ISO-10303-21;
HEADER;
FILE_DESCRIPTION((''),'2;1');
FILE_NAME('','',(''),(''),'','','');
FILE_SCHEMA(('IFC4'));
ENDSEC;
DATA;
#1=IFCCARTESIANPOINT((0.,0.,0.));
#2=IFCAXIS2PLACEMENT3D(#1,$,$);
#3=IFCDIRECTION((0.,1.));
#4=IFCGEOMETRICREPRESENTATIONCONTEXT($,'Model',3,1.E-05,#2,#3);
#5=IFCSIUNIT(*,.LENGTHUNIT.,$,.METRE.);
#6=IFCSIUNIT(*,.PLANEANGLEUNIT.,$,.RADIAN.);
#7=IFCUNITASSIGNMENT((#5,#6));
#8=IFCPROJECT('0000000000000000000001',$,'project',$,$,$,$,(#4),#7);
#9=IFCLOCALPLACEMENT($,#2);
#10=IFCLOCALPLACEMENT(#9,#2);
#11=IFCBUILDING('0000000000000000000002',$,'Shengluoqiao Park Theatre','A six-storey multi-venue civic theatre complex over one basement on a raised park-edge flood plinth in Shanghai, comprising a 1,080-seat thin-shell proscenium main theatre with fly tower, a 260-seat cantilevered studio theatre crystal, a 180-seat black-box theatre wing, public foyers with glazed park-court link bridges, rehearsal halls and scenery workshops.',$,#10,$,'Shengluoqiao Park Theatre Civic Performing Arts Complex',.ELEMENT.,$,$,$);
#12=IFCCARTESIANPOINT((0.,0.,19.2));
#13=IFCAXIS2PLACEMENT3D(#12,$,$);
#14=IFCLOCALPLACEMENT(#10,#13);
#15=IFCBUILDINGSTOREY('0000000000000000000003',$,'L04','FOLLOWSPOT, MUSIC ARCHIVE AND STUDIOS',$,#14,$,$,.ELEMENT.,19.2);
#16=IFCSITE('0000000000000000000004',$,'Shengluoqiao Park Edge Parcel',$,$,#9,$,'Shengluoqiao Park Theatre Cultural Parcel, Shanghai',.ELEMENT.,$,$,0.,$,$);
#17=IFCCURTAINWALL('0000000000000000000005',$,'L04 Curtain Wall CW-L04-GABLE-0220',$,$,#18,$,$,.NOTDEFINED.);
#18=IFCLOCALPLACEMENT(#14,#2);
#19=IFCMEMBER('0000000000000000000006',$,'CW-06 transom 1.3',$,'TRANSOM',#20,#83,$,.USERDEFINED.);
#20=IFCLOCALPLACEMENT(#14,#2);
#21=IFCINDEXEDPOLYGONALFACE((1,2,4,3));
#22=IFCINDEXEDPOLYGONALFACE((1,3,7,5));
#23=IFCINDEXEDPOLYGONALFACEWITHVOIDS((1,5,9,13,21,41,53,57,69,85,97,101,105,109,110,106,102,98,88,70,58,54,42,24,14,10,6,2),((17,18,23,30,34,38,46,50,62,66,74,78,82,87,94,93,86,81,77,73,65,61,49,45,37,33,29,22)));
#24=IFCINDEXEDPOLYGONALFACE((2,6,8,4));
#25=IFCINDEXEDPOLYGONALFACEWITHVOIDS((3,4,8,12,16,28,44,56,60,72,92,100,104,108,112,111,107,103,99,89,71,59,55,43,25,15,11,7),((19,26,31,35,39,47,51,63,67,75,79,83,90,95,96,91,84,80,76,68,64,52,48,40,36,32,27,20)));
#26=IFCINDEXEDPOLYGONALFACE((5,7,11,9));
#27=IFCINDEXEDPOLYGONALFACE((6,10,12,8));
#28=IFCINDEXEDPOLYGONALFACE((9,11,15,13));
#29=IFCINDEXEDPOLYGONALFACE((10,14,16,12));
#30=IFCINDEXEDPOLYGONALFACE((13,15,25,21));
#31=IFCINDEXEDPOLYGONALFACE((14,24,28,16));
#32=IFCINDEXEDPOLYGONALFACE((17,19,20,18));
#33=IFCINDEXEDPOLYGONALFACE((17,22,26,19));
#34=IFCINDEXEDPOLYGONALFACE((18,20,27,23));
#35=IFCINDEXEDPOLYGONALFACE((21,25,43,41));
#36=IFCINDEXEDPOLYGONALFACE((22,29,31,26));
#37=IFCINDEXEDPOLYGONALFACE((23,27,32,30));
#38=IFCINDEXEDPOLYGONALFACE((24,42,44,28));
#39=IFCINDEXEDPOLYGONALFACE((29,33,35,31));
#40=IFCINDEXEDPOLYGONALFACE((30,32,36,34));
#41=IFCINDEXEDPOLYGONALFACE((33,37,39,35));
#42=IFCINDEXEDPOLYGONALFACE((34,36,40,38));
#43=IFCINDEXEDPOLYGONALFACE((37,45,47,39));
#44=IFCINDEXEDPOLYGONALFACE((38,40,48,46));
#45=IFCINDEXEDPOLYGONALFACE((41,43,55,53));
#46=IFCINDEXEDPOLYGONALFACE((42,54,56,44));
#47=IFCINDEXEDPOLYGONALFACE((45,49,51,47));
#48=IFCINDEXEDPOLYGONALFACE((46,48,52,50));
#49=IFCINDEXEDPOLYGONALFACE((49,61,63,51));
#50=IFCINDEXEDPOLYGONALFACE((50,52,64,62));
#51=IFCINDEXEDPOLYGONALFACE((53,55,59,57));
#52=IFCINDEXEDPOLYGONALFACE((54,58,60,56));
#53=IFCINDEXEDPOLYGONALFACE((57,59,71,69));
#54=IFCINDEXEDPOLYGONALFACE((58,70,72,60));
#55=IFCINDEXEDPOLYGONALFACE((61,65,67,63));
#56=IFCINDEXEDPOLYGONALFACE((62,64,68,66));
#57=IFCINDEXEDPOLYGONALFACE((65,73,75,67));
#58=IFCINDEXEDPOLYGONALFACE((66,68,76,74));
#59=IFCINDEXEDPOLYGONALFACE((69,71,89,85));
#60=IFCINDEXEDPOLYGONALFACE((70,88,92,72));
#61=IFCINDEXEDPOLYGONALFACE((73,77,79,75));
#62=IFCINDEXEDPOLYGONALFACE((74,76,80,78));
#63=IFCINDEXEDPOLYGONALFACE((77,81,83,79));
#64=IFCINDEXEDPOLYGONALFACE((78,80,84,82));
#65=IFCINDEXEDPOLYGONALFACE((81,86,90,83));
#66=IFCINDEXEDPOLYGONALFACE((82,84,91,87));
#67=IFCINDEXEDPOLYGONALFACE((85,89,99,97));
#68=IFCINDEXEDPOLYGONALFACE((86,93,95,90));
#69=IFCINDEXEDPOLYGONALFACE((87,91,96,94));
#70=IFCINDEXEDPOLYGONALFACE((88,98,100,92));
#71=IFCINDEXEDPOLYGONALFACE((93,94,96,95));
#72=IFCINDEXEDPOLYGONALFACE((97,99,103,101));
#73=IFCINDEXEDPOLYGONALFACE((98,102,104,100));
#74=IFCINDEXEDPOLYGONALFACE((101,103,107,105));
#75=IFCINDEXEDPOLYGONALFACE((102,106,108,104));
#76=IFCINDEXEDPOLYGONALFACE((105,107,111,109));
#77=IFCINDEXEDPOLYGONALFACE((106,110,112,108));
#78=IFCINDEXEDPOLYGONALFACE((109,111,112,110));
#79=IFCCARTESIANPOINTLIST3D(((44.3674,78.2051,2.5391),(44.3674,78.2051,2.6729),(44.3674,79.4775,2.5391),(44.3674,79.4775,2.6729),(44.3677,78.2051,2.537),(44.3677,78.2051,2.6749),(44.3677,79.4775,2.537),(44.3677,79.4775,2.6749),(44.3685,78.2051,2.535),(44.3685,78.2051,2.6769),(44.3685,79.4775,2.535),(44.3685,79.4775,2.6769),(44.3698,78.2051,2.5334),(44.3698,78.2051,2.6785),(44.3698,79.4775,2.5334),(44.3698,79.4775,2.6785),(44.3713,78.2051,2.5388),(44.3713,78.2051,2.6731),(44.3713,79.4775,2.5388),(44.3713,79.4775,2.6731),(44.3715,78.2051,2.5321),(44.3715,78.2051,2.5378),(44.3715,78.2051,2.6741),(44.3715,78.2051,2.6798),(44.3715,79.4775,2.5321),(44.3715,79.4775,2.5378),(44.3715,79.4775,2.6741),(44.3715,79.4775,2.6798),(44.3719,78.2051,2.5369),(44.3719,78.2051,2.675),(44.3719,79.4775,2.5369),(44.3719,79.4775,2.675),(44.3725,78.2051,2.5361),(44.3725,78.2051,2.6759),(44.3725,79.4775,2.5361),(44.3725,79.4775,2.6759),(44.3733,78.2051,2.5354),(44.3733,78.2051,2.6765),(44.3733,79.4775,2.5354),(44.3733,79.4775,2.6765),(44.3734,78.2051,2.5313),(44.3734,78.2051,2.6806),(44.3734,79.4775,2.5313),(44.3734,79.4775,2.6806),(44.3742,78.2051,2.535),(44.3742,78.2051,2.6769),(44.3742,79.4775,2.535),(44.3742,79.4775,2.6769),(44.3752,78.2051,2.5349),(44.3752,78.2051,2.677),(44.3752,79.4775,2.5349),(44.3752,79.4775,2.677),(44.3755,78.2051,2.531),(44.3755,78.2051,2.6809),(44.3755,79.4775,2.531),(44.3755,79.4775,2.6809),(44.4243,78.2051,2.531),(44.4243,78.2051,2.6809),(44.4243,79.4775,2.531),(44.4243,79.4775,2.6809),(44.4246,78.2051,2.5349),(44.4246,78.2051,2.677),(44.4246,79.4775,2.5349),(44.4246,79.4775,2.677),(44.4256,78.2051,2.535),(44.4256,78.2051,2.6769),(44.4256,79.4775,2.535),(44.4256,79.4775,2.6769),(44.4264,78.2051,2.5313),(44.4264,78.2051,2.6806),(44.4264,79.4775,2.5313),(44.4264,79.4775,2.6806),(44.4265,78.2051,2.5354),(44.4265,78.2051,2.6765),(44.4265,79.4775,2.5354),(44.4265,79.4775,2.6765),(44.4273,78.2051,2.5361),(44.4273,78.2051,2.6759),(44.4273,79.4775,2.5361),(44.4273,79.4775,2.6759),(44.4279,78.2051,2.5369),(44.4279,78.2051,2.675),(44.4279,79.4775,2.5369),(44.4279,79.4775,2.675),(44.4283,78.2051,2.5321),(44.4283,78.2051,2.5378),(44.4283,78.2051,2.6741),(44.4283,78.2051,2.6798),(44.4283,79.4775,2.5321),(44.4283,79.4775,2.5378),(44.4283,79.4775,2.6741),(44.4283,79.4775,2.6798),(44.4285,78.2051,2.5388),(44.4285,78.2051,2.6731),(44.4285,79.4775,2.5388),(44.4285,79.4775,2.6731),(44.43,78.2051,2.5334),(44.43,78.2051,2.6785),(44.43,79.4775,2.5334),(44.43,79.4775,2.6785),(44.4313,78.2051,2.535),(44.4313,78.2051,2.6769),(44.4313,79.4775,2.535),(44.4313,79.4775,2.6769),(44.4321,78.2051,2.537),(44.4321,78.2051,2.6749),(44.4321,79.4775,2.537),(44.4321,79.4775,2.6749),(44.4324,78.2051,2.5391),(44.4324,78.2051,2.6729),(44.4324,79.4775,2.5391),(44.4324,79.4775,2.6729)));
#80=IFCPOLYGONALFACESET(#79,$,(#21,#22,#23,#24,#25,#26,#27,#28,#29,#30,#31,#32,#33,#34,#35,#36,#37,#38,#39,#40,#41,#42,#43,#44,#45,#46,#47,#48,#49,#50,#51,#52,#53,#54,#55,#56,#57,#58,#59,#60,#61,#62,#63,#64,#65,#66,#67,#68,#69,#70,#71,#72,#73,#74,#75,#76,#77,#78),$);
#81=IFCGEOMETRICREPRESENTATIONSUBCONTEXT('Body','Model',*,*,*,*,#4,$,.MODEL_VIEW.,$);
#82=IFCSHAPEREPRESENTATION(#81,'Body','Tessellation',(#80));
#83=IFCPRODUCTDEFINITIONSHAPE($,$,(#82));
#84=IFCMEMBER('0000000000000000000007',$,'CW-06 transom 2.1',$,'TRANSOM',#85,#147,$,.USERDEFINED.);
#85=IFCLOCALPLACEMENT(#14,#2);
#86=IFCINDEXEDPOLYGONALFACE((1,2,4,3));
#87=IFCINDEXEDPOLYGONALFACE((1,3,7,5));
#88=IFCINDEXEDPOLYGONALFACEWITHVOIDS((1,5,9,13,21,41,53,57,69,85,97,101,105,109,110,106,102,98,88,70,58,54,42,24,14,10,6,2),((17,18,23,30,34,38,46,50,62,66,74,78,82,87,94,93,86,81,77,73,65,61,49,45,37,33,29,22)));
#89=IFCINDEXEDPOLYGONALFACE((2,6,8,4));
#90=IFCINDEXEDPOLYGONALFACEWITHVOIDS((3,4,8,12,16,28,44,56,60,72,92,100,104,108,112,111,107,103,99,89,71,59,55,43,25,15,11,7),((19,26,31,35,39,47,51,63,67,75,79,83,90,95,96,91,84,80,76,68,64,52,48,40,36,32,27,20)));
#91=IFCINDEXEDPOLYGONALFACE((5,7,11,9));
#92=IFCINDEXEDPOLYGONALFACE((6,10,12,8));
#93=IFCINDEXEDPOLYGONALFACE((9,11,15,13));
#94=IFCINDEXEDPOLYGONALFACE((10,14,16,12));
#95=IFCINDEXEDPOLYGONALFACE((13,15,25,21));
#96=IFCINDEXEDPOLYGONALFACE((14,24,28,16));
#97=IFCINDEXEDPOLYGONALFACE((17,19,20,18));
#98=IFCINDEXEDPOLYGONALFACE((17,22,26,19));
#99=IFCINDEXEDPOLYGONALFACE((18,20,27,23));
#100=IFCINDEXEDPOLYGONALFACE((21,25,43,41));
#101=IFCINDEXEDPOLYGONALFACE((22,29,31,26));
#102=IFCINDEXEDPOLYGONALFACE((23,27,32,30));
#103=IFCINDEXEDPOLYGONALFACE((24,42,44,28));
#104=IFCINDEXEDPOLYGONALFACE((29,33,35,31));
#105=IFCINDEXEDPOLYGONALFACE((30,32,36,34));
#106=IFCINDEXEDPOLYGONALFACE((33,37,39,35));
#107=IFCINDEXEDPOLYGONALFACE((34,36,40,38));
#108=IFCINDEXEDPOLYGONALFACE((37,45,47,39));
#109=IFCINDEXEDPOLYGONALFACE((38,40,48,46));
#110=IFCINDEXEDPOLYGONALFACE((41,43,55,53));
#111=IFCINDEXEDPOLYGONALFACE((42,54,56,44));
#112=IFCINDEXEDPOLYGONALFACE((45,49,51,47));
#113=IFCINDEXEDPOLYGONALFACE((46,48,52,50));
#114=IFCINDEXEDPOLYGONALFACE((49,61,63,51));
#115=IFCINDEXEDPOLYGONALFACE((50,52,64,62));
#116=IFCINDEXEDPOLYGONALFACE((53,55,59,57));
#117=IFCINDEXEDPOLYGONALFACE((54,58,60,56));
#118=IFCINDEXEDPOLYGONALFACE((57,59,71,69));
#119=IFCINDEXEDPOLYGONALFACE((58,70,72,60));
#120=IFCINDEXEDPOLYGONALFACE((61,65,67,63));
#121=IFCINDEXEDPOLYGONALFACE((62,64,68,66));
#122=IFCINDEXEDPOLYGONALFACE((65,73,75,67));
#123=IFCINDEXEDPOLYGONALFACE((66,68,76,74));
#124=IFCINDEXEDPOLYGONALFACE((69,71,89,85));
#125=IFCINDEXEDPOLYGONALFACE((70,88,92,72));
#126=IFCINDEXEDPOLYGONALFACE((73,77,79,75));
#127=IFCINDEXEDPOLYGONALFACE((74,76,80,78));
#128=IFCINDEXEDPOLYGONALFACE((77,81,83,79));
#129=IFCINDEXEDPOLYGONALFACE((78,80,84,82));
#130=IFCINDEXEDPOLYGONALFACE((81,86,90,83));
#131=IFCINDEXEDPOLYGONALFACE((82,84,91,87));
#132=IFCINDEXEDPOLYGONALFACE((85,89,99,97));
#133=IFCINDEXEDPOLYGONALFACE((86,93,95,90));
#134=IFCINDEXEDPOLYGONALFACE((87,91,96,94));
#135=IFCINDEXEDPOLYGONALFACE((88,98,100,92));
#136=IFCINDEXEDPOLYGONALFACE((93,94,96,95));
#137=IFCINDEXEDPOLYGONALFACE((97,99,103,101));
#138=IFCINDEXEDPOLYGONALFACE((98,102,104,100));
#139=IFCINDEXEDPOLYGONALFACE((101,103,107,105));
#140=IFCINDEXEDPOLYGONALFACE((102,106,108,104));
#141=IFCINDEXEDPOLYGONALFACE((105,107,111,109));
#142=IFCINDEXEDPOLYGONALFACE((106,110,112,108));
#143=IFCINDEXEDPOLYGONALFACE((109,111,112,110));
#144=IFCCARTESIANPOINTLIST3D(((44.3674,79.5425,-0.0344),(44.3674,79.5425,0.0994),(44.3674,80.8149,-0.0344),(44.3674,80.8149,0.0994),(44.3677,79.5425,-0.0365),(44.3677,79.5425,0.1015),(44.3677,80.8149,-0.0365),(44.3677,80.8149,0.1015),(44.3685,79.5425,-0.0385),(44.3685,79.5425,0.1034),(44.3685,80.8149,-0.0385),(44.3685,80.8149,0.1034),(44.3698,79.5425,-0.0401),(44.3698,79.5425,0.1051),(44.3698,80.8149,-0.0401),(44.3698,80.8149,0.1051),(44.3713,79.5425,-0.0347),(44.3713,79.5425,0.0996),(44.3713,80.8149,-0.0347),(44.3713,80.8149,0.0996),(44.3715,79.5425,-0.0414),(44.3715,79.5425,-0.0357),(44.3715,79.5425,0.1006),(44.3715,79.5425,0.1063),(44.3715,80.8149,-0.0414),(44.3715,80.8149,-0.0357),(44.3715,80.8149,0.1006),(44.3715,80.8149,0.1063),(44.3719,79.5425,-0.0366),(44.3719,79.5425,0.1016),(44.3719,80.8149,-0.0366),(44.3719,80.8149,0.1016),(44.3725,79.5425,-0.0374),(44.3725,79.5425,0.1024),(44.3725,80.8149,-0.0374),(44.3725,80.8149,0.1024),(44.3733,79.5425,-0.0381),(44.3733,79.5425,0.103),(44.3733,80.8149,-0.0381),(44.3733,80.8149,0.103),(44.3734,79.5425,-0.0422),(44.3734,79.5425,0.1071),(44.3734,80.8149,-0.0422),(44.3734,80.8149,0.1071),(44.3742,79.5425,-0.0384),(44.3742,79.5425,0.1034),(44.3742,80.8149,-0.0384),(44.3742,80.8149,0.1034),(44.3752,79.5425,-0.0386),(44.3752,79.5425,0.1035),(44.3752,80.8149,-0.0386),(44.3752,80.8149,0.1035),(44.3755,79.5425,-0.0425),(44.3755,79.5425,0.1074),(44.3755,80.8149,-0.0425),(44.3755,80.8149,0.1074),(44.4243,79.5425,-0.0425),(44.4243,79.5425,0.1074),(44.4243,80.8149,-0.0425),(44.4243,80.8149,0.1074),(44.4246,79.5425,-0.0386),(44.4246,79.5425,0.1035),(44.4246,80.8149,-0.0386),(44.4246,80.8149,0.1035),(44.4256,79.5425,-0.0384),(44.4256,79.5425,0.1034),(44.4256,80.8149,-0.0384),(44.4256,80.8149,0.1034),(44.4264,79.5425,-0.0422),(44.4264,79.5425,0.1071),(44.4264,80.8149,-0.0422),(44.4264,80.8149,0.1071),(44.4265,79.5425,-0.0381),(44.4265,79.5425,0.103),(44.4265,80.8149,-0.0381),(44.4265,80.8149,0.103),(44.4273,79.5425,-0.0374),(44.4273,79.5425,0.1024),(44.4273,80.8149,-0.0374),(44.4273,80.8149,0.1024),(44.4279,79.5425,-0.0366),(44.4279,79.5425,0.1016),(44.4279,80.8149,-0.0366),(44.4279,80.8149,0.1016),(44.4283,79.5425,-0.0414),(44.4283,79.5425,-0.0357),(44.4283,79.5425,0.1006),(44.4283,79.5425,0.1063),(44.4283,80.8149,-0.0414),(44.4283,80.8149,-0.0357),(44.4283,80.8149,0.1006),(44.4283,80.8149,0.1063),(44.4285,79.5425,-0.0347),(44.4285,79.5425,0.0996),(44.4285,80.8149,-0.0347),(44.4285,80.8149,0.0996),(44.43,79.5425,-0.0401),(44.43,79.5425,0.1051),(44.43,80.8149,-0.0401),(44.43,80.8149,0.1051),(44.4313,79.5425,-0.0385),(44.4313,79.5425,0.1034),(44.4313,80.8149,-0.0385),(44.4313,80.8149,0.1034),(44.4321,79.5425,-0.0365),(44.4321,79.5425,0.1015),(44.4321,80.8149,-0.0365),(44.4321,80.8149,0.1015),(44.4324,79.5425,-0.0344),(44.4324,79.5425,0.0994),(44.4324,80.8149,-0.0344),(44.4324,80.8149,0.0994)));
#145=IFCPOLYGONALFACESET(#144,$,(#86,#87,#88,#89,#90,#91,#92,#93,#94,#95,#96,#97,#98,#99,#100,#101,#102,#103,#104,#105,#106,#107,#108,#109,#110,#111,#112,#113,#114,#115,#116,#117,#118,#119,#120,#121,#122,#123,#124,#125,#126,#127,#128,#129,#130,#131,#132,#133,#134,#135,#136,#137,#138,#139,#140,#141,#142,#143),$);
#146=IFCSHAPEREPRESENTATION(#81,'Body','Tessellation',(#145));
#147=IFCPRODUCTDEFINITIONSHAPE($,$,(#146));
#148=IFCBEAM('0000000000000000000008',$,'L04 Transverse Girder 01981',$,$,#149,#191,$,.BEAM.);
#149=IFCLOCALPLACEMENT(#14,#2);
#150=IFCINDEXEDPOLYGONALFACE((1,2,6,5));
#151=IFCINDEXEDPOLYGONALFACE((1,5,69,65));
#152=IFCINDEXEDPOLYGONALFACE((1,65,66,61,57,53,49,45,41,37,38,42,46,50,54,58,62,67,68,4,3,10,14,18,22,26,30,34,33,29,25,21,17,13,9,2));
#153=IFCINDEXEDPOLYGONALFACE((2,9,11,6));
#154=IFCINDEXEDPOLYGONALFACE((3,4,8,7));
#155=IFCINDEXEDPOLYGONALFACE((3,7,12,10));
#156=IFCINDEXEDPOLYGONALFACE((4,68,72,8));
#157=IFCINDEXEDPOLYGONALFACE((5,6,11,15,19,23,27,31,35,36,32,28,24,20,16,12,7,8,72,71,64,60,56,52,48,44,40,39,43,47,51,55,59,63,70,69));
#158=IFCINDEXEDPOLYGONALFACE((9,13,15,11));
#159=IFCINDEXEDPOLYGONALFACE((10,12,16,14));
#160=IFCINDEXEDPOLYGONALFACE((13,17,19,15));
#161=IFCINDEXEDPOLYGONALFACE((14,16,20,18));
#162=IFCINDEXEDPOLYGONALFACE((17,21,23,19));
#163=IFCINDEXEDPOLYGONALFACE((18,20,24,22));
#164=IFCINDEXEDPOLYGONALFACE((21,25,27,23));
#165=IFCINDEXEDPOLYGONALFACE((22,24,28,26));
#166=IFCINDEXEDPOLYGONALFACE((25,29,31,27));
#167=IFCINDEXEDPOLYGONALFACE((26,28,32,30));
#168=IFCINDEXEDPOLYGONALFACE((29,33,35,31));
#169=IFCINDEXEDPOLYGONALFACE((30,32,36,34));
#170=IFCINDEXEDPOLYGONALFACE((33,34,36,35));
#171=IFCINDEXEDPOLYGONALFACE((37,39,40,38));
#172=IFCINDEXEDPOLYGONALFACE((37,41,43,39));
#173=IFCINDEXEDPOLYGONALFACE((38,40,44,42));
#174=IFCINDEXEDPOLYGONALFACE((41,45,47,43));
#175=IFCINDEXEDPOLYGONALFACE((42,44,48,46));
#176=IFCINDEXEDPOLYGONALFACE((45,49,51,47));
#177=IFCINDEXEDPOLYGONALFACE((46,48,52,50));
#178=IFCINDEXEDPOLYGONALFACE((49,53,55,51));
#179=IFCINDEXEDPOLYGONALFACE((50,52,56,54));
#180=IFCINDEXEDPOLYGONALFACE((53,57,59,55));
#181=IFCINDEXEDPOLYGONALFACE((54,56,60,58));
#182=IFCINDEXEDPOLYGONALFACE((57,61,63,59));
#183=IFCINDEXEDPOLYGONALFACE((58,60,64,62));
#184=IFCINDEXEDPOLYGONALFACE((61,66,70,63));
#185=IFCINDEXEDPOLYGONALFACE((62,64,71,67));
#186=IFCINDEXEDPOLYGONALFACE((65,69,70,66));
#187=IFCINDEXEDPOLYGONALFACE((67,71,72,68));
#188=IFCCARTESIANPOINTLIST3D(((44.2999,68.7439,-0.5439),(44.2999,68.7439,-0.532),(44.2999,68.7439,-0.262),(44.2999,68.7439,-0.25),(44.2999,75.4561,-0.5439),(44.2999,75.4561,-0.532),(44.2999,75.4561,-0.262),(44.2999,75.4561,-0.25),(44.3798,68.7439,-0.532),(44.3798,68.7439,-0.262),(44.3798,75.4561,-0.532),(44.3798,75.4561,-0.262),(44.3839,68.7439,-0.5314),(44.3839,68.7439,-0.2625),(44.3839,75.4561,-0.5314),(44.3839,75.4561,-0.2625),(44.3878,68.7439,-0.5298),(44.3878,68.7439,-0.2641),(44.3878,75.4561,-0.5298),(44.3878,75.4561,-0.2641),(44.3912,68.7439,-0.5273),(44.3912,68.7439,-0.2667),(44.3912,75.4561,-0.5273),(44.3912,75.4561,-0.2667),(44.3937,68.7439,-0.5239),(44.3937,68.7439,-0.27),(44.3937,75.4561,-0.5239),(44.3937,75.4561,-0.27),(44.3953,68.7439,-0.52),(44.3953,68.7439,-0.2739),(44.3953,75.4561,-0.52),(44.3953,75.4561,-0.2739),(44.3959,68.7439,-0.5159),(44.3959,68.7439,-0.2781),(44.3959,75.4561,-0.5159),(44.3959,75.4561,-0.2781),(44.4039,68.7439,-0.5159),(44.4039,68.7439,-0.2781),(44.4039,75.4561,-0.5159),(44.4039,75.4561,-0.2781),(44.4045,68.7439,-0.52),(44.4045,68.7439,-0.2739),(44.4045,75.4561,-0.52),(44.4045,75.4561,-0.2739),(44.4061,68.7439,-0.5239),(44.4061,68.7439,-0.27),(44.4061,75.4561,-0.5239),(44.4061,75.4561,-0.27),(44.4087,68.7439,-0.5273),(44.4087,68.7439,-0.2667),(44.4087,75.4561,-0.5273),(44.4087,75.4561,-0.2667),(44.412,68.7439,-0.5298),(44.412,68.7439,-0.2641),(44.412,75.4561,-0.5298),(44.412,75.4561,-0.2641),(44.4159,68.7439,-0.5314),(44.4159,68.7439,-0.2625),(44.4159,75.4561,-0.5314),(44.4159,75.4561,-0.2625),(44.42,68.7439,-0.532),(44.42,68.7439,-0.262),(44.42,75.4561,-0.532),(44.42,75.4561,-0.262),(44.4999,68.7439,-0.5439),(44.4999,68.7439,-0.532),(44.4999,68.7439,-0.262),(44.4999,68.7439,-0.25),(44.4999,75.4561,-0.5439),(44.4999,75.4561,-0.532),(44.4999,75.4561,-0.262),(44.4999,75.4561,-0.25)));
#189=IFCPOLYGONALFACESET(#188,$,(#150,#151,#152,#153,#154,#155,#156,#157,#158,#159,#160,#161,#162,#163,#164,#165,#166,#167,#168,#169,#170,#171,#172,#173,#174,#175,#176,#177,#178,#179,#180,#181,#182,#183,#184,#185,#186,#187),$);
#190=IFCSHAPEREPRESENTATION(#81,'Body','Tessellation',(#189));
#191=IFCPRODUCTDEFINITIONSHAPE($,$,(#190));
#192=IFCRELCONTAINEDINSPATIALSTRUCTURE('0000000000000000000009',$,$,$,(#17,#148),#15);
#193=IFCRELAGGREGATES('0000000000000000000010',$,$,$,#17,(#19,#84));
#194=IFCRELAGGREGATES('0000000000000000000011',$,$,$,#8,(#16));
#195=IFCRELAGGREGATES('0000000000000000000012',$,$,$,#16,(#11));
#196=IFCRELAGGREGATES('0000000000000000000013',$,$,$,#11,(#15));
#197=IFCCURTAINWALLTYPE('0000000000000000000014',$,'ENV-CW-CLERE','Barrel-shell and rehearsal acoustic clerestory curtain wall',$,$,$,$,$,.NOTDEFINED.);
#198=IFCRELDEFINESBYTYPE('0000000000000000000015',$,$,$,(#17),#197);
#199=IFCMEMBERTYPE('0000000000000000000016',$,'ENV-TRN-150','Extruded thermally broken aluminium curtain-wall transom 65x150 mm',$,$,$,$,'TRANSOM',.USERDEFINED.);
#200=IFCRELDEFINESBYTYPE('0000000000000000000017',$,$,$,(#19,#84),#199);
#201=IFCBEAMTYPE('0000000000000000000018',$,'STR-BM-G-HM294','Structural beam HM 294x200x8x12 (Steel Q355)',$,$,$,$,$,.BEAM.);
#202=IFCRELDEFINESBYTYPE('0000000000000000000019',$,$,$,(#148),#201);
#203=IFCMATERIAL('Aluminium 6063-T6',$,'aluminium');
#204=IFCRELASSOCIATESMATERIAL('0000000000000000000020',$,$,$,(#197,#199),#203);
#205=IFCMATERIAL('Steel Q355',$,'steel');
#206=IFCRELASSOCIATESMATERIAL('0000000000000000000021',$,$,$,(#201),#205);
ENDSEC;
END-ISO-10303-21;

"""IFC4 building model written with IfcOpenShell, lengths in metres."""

from ifc_helpers import new_model, si_unit, direction, frame, origin, origin_2d, place, context, subcontext, project, spatial, hollow_rectangle, i_section, extrude, material, material_profile, profile_set, type_object, element, aggregate, save


model = new_model("IFC4")

# Units and contexts
model_context = context("Model", 3, precision=1e-05, world=origin(), true_north=direction((0.0, 1.0)))
body_context = subcontext(model_context, "Body", "Model", "MODEL_VIEW")
ifc_project = project(units=[si_unit("LENGTHUNIT", "METRE"), si_unit("PLANEANGLEUNIT", "RADIAN")], contexts=[model_context])

# Site, building, storey
site_placement = place(None, origin())
site = spatial("IfcSite", under=ifc_project, at=site_placement, Name="Shengluoqiao Park Edge Parcel", LongName="Shengluoqiao Park Theatre Cultural Parcel, Shanghai", CompositionType="ELEMENT", RefElevation=0.0)
building_placement = place(site_placement, origin())
building = spatial("IfcBuilding", under=site, at=building_placement, Name="Shengluoqiao Park Theatre", Description="A six-storey multi-venue civic theatre complex over one basement on a raised park-edge flood plinth in Shanghai, comprising a 1,080-seat thin-shell proscenium main theatre with fly tower, a 260-seat cantilevered studio theatre crystal, a 180-seat black-box theatre wing, public foyers with glazed park-court link bridges, rehearsal halls and scenery workshops.", LongName="Shengluoqiao Park Theatre Civic Performing Arts Complex", CompositionType="ELEMENT")
storey_placement = place(building_placement, frame((0.0, 0.0, 19.2)))
storey = spatial("IfcBuildingStorey", under=building, at=storey_placement, Name="L04", Description="FOLLOWSPOT, MUSIC ARCHIVE AND STUDIOS", CompositionType="ELEMENT", Elevation=19.2)

# Curtain wall, members
ifc_material_1 = material(Name="Aluminium 6063-T6", Category="aluminium")
curtain_wall_type = type_object("IfcCurtainWallType", Name="ENV-CW-CLERE", Description="Barrel-shell and rehearsal acoustic clerestory curtain wall", PredefinedType="NOTDEFINED", material=ifc_material_1)
curtain_wall_placement = place(storey_placement, origin())
curtain_wall = element("IfcCurtainWall", 1, at=curtain_wall_placement, inside=storey, type_object=curtain_wall_type, Name="L04 Curtain Wall CW-L04-GABLE-0220", PredefinedType="NOTDEFINED")
ifc_material_profile_1 = material_profile(ifc_material_1, hollow_rectangle(XDim=0.0649, YDim=0.1499, WallThickness=0.0039, InnerFilletRadius=0.0039, OuterFilletRadius=0.0081, at=origin_2d()), Name="ALU TRANSOM 150x65x4")
ifc_profile_set_1 = profile_set([ifc_material_profile_1], Name="Aluminium 6063-T6")
member_type_1 = type_object("IfcMemberType", Name="ENV-TRN-150", Description="Extruded thermally broken aluminium curtain-wall transom 65x150 mm", ElementType="TRANSOM", PredefinedType="USERDEFINED", material=ifc_profile_set_1)
member_1_placement = place(storey_placement, frame((44.3999, 78.2051, 2.606), z_axis=(0.0, 1.0, 0.0), x_axis=(-1.0, 0.0, 0.0)))
member_1 = element("IfcMember", 2, at=member_1_placement, type_object=member_type_1, Name="CW-06 transom 1.3", ObjectType="TRANSOM", PredefinedType="USERDEFINED", context=body_context, shape_type="SweptSolid", body=[
    extrude(hollow_rectangle(XDim=0.0649, YDim=0.1499, WallThickness=0.0039, InnerFilletRadius=0.0039, OuterFilletRadius=0.0081, at=origin_2d()), origin(), (0.0, 0.0, 1.0), 1.2725),
])
member_2_placement = place(storey_placement, frame((44.3999, 79.5425, 0.0325), z_axis=(0.0, 1.0, 0.0), x_axis=(-1.0, 0.0, 0.0)))
member_2 = element("IfcMember", 3, at=member_2_placement, type_object=member_type_1, Name="CW-06 transom 2.1", ObjectType="TRANSOM", PredefinedType="USERDEFINED", context=body_context, shape_type="SweptSolid", body=[
    extrude(hollow_rectangle(XDim=0.0649, YDim=0.1499, WallThickness=0.0039, InnerFilletRadius=0.0039, OuterFilletRadius=0.0081, at=origin_2d()), origin(), (0.0, 0.0, 1.0), 1.2725),
])

# Beam
ifc_material_2 = material(Name="Steel Q355", Category="steel")
ifc_material_profile_2 = material_profile(ifc_material_2, i_section(OverallWidth=0.2, OverallDepth=0.2939, WebThickness=0.0081, FlangeThickness=0.012, FilletRadius=0.0161, at=origin_2d()), Name="HM 294x200x8x12")
ifc_profile_set_2 = profile_set([ifc_material_profile_2], Name="Steel Q355")
beam_type_1 = type_object("IfcBeamType", Name="STR-BM-G-HM294", Description="Structural beam HM 294x200x8x12 (Steel Q355)", PredefinedType="BEAM", material=ifc_profile_set_2)
beam_1_placement = place(storey_placement, frame((44.3999, 68.7439, -0.397), z_axis=(0.0, 1.0, 0.0), x_axis=(-1.0, 0.0, 0.0)))
element("IfcBeam", 4, at=beam_1_placement, inside=storey, type_object=beam_type_1, Name="L04 Transverse Girder 01981", PredefinedType="BEAM", context=body_context, shape_type="SweptSolid", body=[
    extrude(i_section(OverallWidth=0.2, OverallDepth=0.2939, WebThickness=0.0081, FlangeThickness=0.012, FilletRadius=0.0161, at=origin_2d()), origin(), (0.0, 0.0, 1.0), 6.7122),
])

aggregate(curtain_wall, [member_1, member_2])

save(model, "model.ifc")
